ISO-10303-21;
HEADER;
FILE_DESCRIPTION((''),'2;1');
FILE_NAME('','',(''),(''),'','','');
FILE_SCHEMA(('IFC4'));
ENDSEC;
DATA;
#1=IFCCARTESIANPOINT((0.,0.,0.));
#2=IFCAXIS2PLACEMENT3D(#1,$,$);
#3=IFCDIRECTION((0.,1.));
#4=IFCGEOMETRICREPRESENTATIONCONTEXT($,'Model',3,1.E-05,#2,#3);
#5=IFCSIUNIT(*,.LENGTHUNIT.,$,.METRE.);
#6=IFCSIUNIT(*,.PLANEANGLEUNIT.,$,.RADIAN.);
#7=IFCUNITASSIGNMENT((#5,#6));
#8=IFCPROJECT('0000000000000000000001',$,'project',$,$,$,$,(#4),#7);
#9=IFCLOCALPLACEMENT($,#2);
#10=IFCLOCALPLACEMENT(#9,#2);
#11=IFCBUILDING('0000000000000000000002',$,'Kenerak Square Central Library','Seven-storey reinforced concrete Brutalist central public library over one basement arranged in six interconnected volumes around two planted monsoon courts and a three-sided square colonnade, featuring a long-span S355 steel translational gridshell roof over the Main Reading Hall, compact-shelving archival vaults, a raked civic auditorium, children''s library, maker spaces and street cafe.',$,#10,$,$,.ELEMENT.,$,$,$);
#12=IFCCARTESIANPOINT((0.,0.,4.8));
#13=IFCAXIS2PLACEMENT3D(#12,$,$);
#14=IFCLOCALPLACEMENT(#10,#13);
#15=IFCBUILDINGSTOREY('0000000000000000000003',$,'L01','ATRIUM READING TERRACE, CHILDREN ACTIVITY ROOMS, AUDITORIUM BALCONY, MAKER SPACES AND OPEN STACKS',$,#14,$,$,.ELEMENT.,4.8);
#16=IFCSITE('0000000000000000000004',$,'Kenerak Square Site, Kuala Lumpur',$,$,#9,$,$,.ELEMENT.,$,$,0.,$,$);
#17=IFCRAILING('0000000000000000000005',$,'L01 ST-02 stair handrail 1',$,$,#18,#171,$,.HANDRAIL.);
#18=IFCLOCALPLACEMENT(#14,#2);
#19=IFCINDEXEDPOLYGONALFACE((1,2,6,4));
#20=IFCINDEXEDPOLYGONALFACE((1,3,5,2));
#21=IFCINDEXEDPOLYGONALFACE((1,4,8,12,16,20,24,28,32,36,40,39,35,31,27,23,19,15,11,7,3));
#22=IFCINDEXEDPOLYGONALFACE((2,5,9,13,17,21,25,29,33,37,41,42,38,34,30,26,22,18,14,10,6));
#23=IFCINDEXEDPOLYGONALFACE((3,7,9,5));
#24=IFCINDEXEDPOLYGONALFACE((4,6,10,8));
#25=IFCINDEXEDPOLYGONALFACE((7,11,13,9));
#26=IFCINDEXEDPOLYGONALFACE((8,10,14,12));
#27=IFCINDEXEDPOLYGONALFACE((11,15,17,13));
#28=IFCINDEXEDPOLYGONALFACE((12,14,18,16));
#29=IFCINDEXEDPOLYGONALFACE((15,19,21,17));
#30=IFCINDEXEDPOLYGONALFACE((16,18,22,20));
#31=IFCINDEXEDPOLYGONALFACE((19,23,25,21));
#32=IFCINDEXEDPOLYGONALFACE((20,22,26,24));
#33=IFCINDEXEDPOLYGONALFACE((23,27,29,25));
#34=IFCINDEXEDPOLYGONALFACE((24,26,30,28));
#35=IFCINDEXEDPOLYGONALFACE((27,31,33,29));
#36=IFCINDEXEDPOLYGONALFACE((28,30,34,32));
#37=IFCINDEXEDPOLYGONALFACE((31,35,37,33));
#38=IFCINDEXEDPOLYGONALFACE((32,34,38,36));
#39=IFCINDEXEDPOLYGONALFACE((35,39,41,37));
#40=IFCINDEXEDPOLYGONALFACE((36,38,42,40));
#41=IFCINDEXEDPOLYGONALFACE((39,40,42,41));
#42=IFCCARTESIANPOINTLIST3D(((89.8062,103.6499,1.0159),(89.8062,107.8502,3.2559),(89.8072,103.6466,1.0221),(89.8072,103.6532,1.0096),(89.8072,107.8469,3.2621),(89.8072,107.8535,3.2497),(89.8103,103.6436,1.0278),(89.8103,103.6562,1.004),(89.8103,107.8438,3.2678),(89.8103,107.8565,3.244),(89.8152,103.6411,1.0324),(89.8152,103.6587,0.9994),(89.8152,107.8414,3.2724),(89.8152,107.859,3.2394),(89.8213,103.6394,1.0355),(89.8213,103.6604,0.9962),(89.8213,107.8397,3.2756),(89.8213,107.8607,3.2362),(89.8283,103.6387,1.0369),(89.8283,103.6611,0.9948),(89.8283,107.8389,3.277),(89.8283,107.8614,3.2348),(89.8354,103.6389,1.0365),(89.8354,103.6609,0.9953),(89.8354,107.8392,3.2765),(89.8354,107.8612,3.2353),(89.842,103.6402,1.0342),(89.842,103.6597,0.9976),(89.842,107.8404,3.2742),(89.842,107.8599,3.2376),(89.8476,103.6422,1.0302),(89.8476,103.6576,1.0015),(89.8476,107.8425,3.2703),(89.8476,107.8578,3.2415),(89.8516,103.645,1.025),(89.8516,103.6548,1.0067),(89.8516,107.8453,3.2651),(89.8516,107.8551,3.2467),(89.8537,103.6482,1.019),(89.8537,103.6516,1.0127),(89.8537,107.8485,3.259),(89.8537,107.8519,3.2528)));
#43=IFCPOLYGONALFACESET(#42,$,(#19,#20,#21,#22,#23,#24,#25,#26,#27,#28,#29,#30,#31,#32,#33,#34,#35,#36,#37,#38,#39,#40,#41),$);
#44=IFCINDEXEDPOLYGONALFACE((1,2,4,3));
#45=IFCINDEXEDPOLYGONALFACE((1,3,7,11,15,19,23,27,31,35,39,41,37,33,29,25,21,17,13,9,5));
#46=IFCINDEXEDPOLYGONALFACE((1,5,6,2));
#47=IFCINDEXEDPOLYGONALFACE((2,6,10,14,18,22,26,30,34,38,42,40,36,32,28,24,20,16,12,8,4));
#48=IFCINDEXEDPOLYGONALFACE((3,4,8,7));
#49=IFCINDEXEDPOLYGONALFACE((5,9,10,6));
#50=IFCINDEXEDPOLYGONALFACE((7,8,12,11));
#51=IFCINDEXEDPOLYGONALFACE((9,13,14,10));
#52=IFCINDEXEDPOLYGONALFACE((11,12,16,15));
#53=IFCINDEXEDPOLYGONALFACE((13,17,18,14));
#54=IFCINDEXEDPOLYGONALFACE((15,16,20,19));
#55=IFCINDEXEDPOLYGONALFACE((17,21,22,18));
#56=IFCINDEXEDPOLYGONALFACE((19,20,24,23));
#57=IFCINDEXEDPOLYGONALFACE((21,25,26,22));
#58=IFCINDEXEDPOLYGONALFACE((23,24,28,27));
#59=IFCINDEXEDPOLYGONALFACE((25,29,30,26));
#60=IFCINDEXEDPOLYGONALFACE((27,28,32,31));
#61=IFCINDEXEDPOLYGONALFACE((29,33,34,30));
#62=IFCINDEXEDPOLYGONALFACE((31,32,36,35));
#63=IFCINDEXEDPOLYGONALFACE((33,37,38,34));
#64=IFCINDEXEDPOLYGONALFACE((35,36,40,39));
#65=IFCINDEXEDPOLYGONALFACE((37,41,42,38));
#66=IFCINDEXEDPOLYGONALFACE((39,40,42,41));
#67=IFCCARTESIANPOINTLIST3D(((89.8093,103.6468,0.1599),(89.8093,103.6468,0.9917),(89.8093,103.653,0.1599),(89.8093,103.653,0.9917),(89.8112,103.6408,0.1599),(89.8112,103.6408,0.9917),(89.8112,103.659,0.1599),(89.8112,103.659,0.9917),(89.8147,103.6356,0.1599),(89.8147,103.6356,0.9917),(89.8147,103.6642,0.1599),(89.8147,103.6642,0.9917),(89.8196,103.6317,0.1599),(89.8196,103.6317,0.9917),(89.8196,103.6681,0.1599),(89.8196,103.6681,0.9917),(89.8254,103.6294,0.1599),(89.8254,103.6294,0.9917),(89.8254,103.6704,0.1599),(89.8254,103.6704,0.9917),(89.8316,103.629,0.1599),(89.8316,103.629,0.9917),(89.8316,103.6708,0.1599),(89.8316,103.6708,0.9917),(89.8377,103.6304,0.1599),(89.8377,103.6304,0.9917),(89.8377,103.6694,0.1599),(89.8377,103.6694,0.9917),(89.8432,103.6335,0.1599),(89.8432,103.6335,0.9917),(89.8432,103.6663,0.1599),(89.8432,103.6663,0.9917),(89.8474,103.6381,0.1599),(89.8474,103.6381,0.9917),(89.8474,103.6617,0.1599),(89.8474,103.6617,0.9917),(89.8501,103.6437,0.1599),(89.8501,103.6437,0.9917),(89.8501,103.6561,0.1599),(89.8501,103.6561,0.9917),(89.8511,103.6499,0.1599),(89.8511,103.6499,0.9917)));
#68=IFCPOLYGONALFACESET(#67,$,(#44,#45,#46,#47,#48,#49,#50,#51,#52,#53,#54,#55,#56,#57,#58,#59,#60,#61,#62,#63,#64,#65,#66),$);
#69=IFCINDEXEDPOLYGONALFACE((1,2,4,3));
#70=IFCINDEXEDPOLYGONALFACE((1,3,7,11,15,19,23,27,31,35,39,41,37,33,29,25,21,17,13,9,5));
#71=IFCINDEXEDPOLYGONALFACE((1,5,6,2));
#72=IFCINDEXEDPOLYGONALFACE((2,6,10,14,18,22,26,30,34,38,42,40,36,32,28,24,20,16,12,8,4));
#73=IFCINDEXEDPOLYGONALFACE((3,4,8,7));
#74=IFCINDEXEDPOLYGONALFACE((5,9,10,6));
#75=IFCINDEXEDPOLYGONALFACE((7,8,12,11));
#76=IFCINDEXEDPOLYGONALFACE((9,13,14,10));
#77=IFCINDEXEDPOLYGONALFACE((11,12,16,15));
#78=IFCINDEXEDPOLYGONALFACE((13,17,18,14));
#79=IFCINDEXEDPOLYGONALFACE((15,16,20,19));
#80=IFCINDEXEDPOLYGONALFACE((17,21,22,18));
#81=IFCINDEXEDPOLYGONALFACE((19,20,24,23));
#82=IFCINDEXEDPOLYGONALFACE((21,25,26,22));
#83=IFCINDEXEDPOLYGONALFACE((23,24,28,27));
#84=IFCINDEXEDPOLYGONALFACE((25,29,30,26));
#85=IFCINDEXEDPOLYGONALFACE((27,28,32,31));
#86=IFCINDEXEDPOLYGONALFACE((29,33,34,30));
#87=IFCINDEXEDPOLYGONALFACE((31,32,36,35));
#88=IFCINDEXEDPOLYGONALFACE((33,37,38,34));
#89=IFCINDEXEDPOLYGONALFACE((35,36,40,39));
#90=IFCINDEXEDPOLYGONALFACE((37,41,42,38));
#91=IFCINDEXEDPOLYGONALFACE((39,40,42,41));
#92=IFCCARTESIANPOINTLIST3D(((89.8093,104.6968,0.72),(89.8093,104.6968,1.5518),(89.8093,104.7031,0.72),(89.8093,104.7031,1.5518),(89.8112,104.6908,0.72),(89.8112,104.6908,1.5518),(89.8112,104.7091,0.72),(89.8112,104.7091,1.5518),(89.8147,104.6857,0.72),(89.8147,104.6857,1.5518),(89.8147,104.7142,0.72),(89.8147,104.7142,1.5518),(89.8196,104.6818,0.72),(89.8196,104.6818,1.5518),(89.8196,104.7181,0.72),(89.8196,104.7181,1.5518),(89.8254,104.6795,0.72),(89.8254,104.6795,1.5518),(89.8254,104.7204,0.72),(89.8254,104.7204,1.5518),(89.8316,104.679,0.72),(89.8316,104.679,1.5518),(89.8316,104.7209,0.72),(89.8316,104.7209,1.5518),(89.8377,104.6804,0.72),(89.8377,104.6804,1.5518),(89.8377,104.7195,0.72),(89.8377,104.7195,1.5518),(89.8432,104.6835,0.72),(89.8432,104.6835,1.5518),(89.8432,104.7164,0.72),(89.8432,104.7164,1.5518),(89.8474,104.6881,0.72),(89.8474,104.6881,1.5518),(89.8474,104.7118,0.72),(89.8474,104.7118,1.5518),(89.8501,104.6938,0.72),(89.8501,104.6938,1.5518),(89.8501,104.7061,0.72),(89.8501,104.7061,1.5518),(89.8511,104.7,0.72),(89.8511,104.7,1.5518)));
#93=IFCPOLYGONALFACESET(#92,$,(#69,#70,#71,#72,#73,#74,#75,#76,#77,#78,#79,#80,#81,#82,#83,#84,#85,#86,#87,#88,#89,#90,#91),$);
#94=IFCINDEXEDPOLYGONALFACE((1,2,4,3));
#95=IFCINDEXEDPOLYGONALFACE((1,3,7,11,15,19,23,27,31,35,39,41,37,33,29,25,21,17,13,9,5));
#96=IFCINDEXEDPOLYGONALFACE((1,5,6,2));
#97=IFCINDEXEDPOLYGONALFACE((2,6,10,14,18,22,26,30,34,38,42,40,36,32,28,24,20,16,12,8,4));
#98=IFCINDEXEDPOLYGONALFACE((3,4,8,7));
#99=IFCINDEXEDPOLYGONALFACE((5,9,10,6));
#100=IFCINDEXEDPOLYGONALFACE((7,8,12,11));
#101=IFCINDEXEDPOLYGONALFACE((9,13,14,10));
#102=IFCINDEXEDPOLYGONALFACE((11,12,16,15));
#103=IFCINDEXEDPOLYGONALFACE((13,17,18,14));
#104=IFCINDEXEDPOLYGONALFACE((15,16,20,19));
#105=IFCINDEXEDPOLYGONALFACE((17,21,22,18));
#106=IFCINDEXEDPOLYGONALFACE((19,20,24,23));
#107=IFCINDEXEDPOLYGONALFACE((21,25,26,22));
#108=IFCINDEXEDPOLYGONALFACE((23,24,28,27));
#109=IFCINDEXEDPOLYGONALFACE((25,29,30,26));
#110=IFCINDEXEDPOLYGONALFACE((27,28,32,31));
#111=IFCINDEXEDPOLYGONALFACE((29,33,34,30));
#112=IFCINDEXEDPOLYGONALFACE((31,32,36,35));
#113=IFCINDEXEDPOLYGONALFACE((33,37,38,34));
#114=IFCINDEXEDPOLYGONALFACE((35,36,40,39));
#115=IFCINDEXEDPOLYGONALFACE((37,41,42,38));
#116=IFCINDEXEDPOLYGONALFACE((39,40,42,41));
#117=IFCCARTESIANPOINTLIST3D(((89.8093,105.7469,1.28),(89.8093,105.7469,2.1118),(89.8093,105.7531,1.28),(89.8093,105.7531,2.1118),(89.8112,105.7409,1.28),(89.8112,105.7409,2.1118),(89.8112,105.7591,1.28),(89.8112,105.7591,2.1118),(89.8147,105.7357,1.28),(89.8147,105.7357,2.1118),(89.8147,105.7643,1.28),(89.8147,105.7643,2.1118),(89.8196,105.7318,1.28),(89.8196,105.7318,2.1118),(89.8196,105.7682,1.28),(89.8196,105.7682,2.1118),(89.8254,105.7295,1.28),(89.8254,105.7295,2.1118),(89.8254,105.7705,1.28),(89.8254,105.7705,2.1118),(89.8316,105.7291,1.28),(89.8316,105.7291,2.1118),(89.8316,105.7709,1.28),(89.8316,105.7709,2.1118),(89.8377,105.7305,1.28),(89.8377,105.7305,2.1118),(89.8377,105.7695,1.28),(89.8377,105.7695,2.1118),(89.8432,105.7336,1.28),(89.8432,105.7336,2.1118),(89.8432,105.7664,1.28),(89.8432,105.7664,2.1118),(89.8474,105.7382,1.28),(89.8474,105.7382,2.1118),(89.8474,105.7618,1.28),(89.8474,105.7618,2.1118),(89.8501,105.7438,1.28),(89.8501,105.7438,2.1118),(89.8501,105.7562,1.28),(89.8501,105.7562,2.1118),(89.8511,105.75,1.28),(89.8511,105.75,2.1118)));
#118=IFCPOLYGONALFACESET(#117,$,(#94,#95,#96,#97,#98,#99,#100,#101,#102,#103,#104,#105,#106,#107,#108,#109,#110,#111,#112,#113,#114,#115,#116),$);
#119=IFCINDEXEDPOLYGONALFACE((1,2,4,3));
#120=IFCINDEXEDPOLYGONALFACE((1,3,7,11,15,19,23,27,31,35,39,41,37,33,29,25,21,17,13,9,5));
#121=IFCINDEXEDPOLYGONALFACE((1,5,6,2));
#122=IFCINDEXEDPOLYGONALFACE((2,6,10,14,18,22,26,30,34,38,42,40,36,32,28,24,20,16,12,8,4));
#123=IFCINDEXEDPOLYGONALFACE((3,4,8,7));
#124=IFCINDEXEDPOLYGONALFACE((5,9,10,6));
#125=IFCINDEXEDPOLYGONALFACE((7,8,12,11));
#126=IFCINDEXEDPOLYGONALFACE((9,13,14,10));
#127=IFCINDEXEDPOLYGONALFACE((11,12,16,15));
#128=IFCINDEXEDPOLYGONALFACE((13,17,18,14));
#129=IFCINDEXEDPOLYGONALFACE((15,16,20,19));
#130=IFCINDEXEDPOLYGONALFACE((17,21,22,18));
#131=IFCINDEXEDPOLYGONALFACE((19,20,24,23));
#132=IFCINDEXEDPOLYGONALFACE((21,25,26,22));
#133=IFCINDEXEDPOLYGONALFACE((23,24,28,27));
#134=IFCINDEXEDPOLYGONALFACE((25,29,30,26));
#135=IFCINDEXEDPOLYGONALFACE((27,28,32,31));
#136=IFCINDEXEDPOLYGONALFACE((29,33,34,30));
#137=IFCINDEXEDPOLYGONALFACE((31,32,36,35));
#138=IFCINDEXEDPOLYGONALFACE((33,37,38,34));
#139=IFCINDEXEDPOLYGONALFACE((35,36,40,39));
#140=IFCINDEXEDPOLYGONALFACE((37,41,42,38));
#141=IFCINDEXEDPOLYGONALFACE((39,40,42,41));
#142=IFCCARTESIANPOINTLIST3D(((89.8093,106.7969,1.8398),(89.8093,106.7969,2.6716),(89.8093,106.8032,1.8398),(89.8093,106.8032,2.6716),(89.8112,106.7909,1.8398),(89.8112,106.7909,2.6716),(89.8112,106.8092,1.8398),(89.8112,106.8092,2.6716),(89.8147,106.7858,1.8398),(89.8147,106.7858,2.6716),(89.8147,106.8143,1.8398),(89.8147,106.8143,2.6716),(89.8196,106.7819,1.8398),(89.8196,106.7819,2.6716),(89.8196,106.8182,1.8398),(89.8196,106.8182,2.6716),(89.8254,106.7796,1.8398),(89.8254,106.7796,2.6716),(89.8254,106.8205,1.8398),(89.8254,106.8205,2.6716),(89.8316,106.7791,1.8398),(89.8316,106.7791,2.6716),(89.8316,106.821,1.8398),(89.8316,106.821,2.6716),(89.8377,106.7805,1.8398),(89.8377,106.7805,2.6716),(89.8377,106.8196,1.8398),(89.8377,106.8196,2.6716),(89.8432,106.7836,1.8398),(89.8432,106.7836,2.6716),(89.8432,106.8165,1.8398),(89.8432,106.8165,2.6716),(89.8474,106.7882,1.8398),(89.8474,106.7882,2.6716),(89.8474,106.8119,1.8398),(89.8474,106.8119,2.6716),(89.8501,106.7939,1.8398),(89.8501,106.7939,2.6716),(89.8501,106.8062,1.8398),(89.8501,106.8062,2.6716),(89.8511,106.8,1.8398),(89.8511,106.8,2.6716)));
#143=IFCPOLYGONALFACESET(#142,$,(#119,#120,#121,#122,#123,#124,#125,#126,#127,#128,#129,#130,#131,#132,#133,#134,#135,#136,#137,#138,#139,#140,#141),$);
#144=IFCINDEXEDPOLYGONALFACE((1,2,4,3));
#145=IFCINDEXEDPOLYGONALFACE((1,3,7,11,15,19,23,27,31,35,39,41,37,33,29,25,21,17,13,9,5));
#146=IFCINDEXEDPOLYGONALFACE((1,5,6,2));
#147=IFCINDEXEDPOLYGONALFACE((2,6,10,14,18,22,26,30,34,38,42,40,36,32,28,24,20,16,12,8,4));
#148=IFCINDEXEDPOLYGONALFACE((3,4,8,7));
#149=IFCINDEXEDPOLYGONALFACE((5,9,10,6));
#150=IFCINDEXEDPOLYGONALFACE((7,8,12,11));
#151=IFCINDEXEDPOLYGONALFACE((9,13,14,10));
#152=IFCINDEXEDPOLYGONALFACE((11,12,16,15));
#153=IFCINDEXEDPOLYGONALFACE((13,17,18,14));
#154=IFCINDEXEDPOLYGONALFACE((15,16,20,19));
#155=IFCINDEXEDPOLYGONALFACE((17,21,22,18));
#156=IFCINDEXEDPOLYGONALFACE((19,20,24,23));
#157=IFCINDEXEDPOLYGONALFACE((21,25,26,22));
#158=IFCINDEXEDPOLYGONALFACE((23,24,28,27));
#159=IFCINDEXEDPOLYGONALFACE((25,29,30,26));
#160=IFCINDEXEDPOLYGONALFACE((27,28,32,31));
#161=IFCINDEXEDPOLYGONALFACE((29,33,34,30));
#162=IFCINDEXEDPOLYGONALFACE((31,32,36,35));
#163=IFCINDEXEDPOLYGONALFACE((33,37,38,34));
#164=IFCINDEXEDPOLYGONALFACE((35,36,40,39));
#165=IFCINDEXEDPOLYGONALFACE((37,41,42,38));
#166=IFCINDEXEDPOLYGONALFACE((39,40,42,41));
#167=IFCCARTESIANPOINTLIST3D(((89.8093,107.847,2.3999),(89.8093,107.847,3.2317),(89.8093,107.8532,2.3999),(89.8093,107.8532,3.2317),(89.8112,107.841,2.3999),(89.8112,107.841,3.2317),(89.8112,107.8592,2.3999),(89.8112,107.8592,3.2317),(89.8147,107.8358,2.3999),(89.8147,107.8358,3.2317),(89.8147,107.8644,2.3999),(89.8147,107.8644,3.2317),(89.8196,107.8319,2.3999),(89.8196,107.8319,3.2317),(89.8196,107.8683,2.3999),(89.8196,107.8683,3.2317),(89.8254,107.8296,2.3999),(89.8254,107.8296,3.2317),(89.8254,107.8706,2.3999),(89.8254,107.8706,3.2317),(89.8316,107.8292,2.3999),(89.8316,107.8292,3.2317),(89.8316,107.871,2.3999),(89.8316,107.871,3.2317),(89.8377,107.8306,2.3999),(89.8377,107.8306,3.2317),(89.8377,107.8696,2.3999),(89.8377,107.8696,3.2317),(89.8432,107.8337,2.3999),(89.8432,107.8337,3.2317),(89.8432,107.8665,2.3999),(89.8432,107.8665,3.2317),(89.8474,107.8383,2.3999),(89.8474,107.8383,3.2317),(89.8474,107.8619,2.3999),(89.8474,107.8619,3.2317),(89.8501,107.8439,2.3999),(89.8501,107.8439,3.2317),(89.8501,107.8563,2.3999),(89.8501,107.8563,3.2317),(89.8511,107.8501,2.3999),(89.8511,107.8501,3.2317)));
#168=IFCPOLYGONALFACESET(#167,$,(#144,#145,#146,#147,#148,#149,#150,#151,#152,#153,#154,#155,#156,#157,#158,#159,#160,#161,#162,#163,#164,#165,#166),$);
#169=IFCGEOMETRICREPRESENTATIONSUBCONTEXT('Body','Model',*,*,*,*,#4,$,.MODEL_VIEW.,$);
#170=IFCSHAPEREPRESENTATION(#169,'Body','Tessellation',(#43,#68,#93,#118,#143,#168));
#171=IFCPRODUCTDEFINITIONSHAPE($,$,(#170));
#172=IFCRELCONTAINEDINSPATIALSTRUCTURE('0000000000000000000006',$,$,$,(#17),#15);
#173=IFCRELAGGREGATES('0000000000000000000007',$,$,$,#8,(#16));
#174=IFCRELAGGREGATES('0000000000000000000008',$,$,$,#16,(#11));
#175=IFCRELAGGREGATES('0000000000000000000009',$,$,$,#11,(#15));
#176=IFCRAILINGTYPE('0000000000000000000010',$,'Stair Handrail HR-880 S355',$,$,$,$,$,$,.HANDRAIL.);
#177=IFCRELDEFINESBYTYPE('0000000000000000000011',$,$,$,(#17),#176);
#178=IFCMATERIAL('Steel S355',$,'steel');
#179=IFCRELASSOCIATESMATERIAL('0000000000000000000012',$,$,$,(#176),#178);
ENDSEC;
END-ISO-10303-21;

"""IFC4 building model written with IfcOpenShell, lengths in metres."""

from ifc_helpers import new_model, si_unit, direction, frame, origin, origin_2d, place, context, subcontext, project, spatial, circle, extrude, material, type_object, element, save


model = new_model("IFC4")

# Units and contexts
model_context = context("Model", 3, precision=1e-05, world=origin(), true_north=direction((0.0, 1.0)))
body_context = subcontext(model_context, "Body", "Model", "MODEL_VIEW")
ifc_project = project(units=[si_unit("LENGTHUNIT", "METRE"), si_unit("PLANEANGLEUNIT", "RADIAN")], contexts=[model_context])

# Site, building, storey
site_placement = place(None, origin())
site = spatial("IfcSite", under=ifc_project, at=site_placement, Name="Kenerak Square Site, Kuala Lumpur", CompositionType="ELEMENT", RefElevation=0.0)
building_placement = place(site_placement, origin())
building = spatial("IfcBuilding", under=site, at=building_placement, Name="Kenerak Square Central Library", Description="Seven-storey reinforced concrete Brutalist central public library over one basement arranged in six interconnected volumes around two planted monsoon courts and a three-sided square colonnade, featuring a long-span S355 steel translational gridshell roof over the Main Reading Hall, compact-shelving archival vaults, a raked civic auditorium, children's library, maker spaces and street cafe.", CompositionType="ELEMENT")
storey_placement = place(building_placement, frame((0.0, 0.0, 4.8)))
storey = spatial("IfcBuildingStorey", under=building, at=storey_placement, Name="L01", Description="ATRIUM READING TERRACE, CHILDREN ACTIVITY ROOMS, AUDITORIUM BALCONY, MAKER SPACES AND OPEN STACKS", CompositionType="ELEMENT", Elevation=4.8)

# Shared definitions
ifc_material_1 = material(Name="Steel S355", Category="steel")

# Railing
railing_type_1 = type_object("IfcRailingType", Name="Stair Handrail HR-880 S355", PredefinedType="HANDRAIL", material=ifc_material_1)
railing_1_placement = place(storey_placement, frame((89.8301, 103.6499, 0.1599)))
element("IfcRailing", 1, at=railing_1_placement, inside=storey, type_object=railing_type_1, Name="L01 ST-02 stair handrail 1", PredefinedType="HANDRAIL", context=body_context, shape_type="SweptSolid", body=[
    extrude(circle(Radius=0.0239, at=origin_2d()), frame((0.0, 0.0, 0.856), z_axis=(0.0, 0.882363, 0.47057), x_axis=(-1.0, 0.0, 0.0)), (0.0, 0.0, 1.0), 4.7603),
    extrude(circle(Radius=0.021, at=origin_2d()), origin(), (0.0, 0.0, 1.0), 0.8318),
    extrude(circle(Radius=0.021, at=origin_2d()), frame((0.0, 1.05, 0.5601)), (0.0, 0.0, 1.0), 0.8318),
    extrude(circle(Radius=0.021, at=origin_2d()), frame((0.0, 2.1001, 1.1201)), (0.0, 0.0, 1.0), 0.8318),
    extrude(circle(Radius=0.021, at=origin_2d()), frame((0.0, 3.1501, 1.6799)), (0.0, 0.0, 1.0), 0.8318),
    extrude(circle(Radius=0.021, at=origin_2d()), frame((0.0, 4.2002, 2.24)), (0.0, 0.0, 1.0), 0.8318),
])

save(model, "model.ifc")
